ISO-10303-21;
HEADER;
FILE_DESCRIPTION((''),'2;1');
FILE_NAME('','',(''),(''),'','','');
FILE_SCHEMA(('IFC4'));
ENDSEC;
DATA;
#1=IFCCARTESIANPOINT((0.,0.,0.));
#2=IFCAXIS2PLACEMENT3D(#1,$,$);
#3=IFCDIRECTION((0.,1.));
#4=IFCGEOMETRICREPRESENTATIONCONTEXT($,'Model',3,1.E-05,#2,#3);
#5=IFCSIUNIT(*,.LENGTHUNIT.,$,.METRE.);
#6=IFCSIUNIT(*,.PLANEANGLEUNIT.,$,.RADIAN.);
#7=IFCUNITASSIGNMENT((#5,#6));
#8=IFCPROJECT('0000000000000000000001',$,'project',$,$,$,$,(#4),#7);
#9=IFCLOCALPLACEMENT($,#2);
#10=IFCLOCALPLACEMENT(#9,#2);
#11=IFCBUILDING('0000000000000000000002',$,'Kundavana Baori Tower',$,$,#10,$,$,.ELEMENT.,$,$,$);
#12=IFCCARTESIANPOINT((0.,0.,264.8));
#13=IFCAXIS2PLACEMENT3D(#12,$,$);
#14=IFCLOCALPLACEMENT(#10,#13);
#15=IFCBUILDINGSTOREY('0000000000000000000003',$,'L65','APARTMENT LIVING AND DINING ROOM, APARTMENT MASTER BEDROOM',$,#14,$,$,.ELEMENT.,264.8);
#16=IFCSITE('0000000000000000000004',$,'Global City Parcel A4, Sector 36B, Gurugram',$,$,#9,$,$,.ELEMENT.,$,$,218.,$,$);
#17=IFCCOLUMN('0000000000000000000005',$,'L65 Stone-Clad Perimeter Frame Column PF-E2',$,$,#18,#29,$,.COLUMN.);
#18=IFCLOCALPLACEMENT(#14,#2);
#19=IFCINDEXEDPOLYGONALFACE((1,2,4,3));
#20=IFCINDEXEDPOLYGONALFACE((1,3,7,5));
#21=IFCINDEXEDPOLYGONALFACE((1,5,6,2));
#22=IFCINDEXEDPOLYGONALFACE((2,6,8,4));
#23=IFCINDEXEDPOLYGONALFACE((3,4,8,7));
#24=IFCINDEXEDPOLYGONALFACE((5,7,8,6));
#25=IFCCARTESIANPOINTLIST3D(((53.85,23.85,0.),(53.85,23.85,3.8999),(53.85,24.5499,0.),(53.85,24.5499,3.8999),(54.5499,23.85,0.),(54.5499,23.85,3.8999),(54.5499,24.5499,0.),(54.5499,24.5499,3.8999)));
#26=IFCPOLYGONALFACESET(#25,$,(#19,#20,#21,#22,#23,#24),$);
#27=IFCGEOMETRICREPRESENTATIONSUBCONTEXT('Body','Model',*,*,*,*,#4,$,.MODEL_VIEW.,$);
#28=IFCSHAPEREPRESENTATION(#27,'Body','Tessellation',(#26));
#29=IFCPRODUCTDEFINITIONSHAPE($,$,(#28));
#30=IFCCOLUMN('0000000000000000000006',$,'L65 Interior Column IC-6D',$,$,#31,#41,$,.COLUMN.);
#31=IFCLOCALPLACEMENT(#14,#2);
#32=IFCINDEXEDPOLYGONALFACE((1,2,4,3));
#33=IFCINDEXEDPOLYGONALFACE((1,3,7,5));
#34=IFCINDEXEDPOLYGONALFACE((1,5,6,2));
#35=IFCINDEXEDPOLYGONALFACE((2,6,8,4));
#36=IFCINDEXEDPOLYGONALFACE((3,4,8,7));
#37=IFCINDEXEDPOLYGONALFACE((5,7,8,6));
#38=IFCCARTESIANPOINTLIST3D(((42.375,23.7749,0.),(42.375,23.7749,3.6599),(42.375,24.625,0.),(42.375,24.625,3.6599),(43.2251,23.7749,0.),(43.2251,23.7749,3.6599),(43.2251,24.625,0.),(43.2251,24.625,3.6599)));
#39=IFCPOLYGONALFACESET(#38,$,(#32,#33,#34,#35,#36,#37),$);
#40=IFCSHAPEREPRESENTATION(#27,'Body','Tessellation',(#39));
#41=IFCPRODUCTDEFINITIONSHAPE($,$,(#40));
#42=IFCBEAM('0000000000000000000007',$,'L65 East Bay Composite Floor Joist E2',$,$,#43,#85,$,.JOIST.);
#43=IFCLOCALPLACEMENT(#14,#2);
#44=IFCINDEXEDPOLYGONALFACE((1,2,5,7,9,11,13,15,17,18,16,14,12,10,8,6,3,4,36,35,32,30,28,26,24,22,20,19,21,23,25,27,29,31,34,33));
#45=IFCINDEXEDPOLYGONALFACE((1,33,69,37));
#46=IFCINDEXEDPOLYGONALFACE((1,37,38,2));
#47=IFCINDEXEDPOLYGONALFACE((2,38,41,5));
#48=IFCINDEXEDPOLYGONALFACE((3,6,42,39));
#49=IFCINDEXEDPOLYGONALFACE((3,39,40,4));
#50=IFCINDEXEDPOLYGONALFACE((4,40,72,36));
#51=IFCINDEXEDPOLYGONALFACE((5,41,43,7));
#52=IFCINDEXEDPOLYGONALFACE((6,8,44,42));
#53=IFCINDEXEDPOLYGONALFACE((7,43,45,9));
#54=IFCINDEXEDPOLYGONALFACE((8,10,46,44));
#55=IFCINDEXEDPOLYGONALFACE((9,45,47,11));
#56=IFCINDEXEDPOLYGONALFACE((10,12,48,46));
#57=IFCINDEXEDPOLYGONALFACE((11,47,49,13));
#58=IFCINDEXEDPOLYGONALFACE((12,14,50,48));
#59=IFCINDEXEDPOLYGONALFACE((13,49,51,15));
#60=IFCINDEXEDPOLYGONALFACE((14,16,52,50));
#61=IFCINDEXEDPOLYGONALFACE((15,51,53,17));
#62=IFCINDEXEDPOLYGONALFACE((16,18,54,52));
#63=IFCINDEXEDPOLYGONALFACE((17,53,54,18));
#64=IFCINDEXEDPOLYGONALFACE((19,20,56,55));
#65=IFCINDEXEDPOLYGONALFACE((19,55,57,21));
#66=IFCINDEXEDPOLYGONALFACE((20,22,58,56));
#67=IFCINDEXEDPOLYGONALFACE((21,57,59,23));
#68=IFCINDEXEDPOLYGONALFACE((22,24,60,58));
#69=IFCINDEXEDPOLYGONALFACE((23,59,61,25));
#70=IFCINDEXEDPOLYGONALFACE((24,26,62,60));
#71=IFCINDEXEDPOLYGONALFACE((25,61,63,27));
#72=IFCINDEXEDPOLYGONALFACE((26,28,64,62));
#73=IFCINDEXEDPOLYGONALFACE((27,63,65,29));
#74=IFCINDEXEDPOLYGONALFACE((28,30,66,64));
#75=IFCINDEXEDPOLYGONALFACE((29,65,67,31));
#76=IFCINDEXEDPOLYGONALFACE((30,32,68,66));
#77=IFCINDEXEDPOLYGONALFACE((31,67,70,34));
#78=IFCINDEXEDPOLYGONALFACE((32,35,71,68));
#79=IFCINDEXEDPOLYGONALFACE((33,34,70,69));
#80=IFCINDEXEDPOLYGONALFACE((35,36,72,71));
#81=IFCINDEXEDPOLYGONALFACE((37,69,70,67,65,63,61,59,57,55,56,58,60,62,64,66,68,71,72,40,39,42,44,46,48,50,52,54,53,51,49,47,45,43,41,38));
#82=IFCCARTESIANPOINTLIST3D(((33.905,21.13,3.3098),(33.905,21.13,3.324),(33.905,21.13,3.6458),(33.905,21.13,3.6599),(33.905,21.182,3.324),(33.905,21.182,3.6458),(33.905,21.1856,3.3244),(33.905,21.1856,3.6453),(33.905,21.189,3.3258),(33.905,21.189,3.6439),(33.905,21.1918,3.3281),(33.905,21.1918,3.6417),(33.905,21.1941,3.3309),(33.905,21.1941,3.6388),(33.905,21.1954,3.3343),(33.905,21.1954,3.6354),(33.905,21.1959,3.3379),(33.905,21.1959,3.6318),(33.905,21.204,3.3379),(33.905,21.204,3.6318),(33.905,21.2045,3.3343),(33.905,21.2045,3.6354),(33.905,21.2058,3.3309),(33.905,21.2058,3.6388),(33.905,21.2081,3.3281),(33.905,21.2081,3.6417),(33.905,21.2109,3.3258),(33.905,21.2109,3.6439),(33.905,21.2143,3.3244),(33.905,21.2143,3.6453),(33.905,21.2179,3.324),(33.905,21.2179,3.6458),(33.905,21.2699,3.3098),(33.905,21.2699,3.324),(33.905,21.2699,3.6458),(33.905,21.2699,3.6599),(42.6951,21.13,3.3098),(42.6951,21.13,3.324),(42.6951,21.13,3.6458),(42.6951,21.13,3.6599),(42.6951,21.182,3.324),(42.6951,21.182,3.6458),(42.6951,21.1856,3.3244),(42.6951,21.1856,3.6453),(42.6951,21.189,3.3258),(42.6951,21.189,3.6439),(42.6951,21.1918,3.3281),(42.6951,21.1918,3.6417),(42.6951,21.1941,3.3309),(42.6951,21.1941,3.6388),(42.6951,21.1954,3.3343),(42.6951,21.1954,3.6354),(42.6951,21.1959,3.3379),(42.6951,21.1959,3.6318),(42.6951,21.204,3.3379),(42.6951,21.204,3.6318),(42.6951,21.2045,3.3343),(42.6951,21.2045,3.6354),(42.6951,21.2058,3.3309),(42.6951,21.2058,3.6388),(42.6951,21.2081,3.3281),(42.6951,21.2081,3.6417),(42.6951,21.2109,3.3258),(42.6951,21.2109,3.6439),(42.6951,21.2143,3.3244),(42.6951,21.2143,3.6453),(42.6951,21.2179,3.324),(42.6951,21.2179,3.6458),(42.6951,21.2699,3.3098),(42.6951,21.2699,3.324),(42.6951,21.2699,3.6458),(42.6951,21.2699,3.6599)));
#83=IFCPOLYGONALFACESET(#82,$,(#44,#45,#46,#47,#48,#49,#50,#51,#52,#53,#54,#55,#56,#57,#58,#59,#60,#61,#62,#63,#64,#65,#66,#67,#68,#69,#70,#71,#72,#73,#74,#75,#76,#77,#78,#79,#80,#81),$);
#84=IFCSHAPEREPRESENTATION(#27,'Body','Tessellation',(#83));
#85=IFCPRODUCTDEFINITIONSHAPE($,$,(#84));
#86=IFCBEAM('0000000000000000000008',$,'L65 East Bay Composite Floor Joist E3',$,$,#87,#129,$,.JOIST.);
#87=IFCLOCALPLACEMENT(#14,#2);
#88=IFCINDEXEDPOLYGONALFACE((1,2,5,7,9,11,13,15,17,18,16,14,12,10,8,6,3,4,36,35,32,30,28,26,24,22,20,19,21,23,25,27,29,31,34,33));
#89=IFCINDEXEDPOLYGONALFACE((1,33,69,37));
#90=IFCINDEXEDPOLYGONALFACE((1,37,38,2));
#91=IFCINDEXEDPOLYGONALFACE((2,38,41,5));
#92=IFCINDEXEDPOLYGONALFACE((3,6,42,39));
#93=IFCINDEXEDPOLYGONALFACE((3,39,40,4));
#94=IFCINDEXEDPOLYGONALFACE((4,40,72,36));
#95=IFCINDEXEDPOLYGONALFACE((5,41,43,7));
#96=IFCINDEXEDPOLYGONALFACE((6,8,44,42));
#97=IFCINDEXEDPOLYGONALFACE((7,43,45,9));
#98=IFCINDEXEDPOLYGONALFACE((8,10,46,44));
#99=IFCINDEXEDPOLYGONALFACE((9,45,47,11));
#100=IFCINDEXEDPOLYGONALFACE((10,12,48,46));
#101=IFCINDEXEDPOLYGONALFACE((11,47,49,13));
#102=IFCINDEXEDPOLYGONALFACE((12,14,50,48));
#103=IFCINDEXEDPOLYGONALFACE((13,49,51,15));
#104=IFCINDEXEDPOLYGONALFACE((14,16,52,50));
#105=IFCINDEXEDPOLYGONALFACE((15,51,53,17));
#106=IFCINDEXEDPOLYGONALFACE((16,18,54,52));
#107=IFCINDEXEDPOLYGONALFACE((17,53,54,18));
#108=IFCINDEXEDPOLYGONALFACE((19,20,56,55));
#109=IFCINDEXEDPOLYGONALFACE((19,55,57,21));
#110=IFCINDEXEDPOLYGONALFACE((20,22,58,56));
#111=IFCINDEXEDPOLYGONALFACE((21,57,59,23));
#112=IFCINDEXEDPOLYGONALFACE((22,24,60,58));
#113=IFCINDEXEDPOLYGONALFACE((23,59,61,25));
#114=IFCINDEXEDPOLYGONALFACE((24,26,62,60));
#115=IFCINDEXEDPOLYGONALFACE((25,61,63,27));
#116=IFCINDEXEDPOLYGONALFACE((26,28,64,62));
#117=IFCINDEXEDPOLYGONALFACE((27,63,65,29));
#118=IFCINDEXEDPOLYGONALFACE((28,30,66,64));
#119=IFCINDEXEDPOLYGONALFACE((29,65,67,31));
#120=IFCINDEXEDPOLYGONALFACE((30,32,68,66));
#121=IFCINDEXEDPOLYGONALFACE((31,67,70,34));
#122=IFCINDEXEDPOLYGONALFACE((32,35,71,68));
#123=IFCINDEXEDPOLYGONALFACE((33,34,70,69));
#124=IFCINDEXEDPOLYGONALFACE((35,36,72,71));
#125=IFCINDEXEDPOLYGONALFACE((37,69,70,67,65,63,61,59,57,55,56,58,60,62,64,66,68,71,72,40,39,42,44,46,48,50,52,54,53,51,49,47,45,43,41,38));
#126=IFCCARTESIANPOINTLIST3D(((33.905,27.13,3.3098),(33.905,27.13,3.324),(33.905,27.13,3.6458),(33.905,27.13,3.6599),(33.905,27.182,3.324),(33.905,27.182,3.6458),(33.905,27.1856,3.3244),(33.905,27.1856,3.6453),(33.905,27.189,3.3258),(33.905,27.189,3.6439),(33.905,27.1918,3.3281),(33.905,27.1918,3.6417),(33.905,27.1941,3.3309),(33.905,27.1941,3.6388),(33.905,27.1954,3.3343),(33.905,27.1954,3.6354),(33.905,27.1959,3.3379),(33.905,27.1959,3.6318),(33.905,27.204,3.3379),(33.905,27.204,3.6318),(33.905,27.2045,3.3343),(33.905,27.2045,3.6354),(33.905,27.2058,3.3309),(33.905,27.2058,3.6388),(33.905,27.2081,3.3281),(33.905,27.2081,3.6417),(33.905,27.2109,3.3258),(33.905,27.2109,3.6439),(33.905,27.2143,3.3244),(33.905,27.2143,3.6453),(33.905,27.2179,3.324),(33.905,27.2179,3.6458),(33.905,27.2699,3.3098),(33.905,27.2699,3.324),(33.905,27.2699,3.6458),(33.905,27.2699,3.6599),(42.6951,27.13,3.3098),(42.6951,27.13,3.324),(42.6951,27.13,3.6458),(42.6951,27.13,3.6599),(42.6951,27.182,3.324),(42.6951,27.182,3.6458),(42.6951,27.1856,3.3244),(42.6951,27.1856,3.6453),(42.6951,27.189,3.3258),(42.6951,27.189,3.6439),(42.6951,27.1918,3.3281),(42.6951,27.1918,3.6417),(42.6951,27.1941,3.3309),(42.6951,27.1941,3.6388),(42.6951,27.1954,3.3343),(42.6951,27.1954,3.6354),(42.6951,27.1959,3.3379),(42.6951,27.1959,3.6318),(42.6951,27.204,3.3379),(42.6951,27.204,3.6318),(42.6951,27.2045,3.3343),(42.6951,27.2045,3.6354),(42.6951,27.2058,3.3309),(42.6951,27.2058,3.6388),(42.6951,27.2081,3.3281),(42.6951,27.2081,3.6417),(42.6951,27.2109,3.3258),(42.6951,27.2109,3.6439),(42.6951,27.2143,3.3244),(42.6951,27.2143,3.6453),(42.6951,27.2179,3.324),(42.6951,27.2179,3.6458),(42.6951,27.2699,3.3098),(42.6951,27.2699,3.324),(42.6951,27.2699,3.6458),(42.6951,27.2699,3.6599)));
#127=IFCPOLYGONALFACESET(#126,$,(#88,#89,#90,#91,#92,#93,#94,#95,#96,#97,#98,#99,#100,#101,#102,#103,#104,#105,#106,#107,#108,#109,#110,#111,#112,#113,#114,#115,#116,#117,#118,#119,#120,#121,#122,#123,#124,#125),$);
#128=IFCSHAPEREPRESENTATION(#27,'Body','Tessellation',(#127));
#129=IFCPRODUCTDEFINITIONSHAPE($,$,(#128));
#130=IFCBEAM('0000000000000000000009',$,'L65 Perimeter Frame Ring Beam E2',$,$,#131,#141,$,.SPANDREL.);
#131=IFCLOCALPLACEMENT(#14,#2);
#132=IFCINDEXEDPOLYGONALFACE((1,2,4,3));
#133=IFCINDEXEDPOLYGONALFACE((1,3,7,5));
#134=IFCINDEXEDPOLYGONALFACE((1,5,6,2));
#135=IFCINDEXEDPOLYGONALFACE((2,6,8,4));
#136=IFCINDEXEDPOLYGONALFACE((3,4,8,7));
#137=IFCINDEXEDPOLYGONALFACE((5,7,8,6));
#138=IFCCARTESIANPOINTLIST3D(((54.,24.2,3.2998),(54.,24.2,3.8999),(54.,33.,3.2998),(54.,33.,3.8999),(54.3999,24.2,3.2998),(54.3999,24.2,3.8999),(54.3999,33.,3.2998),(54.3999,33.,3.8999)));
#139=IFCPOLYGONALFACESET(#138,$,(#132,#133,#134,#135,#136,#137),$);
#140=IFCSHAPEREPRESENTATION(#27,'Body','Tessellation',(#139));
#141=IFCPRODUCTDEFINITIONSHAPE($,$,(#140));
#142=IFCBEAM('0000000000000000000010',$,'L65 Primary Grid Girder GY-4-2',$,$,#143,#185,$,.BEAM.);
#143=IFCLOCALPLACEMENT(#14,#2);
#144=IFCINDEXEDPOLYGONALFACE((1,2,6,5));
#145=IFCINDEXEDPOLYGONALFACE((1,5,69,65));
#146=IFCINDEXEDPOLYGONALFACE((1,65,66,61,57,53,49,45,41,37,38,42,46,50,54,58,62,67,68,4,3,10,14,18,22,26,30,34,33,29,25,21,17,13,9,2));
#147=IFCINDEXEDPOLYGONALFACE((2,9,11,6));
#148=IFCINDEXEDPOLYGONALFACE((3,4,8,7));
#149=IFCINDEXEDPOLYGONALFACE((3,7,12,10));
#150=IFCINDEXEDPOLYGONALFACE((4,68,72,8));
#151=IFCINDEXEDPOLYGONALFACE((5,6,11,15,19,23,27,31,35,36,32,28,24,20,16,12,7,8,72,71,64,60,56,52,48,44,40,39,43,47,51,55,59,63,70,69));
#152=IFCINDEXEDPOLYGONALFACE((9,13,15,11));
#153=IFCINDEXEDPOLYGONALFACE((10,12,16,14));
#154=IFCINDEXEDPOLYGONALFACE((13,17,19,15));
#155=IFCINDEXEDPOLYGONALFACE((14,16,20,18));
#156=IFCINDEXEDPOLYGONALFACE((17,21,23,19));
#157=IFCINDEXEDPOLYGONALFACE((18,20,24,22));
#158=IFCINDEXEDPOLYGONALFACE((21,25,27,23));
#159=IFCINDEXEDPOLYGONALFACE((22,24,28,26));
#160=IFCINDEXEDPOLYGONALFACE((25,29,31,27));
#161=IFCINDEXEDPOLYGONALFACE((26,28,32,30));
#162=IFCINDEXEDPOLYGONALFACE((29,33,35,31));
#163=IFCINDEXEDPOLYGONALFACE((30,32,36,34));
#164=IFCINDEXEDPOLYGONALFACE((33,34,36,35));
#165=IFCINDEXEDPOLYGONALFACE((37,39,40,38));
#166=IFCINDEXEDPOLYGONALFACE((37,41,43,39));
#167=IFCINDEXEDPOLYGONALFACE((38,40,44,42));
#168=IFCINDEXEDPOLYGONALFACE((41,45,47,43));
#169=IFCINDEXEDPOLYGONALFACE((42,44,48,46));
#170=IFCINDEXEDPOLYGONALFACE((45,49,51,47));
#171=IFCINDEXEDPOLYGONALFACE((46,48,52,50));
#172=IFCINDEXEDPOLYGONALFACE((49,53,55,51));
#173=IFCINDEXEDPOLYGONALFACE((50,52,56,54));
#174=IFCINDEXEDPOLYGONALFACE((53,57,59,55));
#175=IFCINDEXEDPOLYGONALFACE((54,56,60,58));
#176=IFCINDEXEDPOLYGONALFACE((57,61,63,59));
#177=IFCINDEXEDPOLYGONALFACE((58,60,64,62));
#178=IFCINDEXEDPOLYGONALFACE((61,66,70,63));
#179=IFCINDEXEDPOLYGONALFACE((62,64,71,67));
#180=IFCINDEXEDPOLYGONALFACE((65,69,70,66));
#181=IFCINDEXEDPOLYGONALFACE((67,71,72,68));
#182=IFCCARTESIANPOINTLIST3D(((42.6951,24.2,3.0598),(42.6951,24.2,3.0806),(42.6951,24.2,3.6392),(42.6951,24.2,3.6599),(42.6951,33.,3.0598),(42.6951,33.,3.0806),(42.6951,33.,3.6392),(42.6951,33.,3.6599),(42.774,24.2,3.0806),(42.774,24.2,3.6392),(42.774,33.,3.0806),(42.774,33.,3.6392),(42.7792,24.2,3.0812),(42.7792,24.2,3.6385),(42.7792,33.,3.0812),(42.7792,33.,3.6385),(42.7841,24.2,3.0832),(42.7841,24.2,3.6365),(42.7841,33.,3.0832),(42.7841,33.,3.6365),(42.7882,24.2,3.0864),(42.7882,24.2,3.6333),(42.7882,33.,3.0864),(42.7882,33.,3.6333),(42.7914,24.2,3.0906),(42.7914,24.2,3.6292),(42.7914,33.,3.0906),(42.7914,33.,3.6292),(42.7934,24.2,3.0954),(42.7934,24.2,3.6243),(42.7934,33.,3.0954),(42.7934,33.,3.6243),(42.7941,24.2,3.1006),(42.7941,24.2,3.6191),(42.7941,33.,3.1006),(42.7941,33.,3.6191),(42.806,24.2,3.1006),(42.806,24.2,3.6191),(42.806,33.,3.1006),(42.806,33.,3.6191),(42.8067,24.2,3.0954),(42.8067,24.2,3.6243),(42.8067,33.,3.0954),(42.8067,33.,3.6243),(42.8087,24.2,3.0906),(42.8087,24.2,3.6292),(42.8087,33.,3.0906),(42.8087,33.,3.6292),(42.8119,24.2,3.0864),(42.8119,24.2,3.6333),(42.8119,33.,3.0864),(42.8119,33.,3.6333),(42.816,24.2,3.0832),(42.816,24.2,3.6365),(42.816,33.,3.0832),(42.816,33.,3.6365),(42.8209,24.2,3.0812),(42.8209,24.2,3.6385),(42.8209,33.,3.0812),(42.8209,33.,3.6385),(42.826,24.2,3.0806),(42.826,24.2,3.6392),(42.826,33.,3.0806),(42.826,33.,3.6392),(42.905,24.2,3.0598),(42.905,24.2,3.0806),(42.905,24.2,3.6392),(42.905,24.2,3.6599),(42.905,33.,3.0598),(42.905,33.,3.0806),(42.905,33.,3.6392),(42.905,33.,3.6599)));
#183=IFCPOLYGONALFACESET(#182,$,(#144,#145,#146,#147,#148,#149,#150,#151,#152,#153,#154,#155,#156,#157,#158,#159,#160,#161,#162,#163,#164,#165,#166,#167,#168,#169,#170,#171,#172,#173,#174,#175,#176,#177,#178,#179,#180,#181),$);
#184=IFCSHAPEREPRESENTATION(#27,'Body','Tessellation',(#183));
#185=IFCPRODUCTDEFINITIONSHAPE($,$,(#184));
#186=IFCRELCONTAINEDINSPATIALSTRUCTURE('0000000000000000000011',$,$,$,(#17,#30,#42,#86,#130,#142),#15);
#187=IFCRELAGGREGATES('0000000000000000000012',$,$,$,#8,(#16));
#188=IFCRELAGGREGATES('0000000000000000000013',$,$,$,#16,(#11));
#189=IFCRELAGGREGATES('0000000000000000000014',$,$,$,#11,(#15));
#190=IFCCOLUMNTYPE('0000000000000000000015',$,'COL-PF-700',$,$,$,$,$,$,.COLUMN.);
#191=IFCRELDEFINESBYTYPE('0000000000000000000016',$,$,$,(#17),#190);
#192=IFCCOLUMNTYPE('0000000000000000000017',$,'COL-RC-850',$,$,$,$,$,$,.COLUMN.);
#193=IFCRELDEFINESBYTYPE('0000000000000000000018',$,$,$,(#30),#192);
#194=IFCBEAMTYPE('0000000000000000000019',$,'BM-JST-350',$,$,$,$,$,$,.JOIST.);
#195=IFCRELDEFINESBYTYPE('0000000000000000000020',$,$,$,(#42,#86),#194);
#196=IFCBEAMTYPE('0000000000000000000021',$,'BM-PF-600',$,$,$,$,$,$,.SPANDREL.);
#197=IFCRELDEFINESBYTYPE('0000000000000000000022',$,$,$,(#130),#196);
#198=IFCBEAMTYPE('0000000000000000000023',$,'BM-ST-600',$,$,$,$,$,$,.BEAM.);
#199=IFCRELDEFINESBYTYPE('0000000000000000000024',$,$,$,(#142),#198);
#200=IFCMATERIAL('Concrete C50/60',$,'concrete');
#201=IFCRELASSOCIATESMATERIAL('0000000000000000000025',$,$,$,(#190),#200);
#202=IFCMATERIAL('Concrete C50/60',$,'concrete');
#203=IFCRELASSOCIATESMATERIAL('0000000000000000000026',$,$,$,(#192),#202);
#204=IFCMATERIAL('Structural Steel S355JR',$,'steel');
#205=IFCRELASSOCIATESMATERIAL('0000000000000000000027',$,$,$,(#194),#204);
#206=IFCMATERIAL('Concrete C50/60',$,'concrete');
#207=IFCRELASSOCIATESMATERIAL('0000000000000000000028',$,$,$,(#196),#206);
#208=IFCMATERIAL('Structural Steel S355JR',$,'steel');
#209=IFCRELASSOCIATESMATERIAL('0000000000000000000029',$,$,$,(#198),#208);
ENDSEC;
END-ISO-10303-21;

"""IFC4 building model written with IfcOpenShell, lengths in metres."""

from ifc_helpers import new_model, si_unit, direction, frame, origin, origin_2d, place, context, subcontext, project, spatial, rectangle, i_section, extrude, material, material_profile, profile_set, type_object, element, save


model = new_model("IFC4")

# Units and contexts
model_context = context("Model", 3, precision=1e-05, world=origin(), true_north=direction((0.0, 1.0)))
body_context = subcontext(model_context, "Body", "Model", "MODEL_VIEW")
ifc_project = project(units=[si_unit("LENGTHUNIT", "METRE"), si_unit("PLANEANGLEUNIT", "RADIAN")], contexts=[model_context])

# Site, building, storey
site_placement = place(None, origin())
site = spatial("IfcSite", under=ifc_project, at=site_placement, Name="Global City Parcel A4, Sector 36B, Gurugram", CompositionType="ELEMENT", RefElevation=218.0)
building_placement = place(site_placement, origin())
building = spatial("IfcBuilding", under=site, at=building_placement, Name="Kundavana Baori Tower", CompositionType="ELEMENT")
storey_placement = place(building_placement, frame((0.0, 0.0, 264.8)))
storey = spatial("IfcBuildingStorey", under=building, at=storey_placement, Name="L65", Description="APARTMENT LIVING AND DINING ROOM, APARTMENT MASTER BEDROOM", CompositionType="ELEMENT", Elevation=264.8)

# Columns
ifc_material_1 = material(Name="Concrete C50/60", Category="concrete")
ifc_material_profile_1 = material_profile(ifc_material_1, rectangle(XDim=0.7, YDim=0.7, at=origin_2d()), Name="RC PF 700x700")
ifc_profile_set_1 = profile_set([ifc_material_profile_1], Name="Concrete C50/60")
column_type_1 = type_object("IfcColumnType", Name="COL-PF-700", PredefinedType="COLUMN", material=ifc_profile_set_1)
column_1_placement = place(storey_placement, frame((54.2, 24.2, 0.0), z_axis=(0.0, 0.0, 1.0), x_axis=(1.0, 0.0, 0.0)))
element("IfcColumn", 1, at=column_1_placement, inside=storey, type_object=column_type_1, Name="L65 Stone-Clad Perimeter Frame Column PF-E2", PredefinedType="COLUMN", context=body_context, shape_type="SweptSolid", body=[
    extrude(rectangle(XDim=0.7, YDim=0.7, at=origin_2d()), origin(), (0.0, 0.0, 1.0), 3.8999),
])
ifc_material_2 = material(Name="Concrete C50/60", Category="concrete")
ifc_material_profile_2 = material_profile(ifc_material_2, rectangle(XDim=0.8501, YDim=0.8501, at=origin_2d()), Name="RC 850x850")
ifc_profile_set_2 = profile_set([ifc_material_profile_2], Name="Concrete C50/60")
column_type_2 = type_object("IfcColumnType", Name="COL-RC-850", PredefinedType="COLUMN", material=ifc_profile_set_2)
column_2_placement = place(storey_placement, frame((42.8, 24.2, 0.0), z_axis=(0.0, 0.0, 1.0), x_axis=(1.0, 0.0, 0.0)))
element("IfcColumn", 2, at=column_2_placement, inside=storey, type_object=column_type_2, Name="L65 Interior Column IC-6D", PredefinedType="COLUMN", context=body_context, shape_type="SweptSolid", body=[
    extrude(rectangle(XDim=0.8501, YDim=0.8501, at=origin_2d()), origin(), (0.0, 0.0, 1.0), 3.6599),
])

# Beams
ifc_material_3 = material(Name="Structural Steel S355JR", Category="steel")
ifc_material_profile_3 = material_profile(ifc_material_3, i_section(OverallWidth=0.1399, OverallDepth=0.3501, WebThickness=0.0081, FlangeThickness=0.0142, FilletRadius=0.0139, at=origin_2d()), Name="ISMB 350")
ifc_profile_set_3 = profile_set([ifc_material_profile_3], Name="Structural Steel S355JR")
beam_type_1 = type_object("IfcBeamType", Name="BM-JST-350", PredefinedType="JOIST", material=ifc_profile_set_3)
for number, where, z_axis, x_axis, name in (
    (3, (33.905, 21.2, 3.4849), (1.0, 0.0, 0.0), (0.0, 1.0, 0.0), "L65 East Bay Composite Floor Joist E2"),
    (4, (33.905, 27.2, 3.4849), (1.0, 0.0, 0.0), (0.0, 1.0, 0.0), "L65 East Bay Composite Floor Joist E3"),
):
    element("IfcBeam", number, at=place(storey_placement, frame(where, z_axis=z_axis, x_axis=x_axis)), inside=storey, type_object=beam_type_1, Name=name, PredefinedType="JOIST", context=body_context, shape_type="SweptSolid", body=[
        extrude(i_section(OverallWidth=0.1399, OverallDepth=0.3501, WebThickness=0.0081, FlangeThickness=0.0142, FilletRadius=0.0139, at=origin_2d()), origin(), (0.0, 0.0, 1.0), 8.79),
    ])
ifc_material_4 = material(Name="Concrete C50/60", Category="concrete")
ifc_material_profile_4 = material_profile(ifc_material_4, rectangle(XDim=0.3999, YDim=0.6001, at=origin_2d()), Name="RC BM 400x600")
ifc_profile_set_4 = profile_set([ifc_material_profile_4], Name="Concrete C50/60")
beam_type_2 = type_object("IfcBeamType", Name="BM-PF-600", PredefinedType="SPANDREL", material=ifc_profile_set_4)
beam_1_placement = place(storey_placement, frame((54.2, 24.2, 3.5999), z_axis=(0.0, 1.0, 0.0), x_axis=(-1.0, 0.0, 0.0)))
element("IfcBeam", 5, at=beam_1_placement, inside=storey, type_object=beam_type_2, Name="L65 Perimeter Frame Ring Beam E2", PredefinedType="SPANDREL", context=body_context, shape_type="SweptSolid", body=[
    extrude(rectangle(XDim=0.3999, YDim=0.6001, at=origin_2d()), origin(), (0.0, 0.0, 1.0), 8.8),
])
ifc_material_5 = material(Name="Structural Steel S355JR", Category="steel")
ifc_material_profile_5 = material_profile(ifc_material_5, i_section(OverallWidth=0.21, OverallDepth=0.6001, WebThickness=0.012, FlangeThickness=0.0208, FilletRadius=0.02, at=origin_2d()), Name="ISMB 600")
ifc_profile_set_5 = profile_set([ifc_material_profile_5], Name="Structural Steel S355JR")
beam_type_3 = type_object("IfcBeamType", Name="BM-ST-600", PredefinedType="BEAM", material=ifc_profile_set_5)
beam_2_placement = place(storey_placement, frame((42.8, 24.2, 3.3599), z_axis=(0.0, 1.0, 0.0), x_axis=(-1.0, 0.0, 0.0)))
element("IfcBeam", 6, at=beam_2_placement, inside=storey, type_object=beam_type_3, Name="L65 Primary Grid Girder GY-4-2", PredefinedType="BEAM", context=body_context, shape_type="SweptSolid", body=[
    extrude(i_section(OverallWidth=0.21, OverallDepth=0.6001, WebThickness=0.012, FlangeThickness=0.0208, FilletRadius=0.02, at=origin_2d()), origin(), (0.0, 0.0, 1.0), 8.8),
])

save(model, "model.ifc")
